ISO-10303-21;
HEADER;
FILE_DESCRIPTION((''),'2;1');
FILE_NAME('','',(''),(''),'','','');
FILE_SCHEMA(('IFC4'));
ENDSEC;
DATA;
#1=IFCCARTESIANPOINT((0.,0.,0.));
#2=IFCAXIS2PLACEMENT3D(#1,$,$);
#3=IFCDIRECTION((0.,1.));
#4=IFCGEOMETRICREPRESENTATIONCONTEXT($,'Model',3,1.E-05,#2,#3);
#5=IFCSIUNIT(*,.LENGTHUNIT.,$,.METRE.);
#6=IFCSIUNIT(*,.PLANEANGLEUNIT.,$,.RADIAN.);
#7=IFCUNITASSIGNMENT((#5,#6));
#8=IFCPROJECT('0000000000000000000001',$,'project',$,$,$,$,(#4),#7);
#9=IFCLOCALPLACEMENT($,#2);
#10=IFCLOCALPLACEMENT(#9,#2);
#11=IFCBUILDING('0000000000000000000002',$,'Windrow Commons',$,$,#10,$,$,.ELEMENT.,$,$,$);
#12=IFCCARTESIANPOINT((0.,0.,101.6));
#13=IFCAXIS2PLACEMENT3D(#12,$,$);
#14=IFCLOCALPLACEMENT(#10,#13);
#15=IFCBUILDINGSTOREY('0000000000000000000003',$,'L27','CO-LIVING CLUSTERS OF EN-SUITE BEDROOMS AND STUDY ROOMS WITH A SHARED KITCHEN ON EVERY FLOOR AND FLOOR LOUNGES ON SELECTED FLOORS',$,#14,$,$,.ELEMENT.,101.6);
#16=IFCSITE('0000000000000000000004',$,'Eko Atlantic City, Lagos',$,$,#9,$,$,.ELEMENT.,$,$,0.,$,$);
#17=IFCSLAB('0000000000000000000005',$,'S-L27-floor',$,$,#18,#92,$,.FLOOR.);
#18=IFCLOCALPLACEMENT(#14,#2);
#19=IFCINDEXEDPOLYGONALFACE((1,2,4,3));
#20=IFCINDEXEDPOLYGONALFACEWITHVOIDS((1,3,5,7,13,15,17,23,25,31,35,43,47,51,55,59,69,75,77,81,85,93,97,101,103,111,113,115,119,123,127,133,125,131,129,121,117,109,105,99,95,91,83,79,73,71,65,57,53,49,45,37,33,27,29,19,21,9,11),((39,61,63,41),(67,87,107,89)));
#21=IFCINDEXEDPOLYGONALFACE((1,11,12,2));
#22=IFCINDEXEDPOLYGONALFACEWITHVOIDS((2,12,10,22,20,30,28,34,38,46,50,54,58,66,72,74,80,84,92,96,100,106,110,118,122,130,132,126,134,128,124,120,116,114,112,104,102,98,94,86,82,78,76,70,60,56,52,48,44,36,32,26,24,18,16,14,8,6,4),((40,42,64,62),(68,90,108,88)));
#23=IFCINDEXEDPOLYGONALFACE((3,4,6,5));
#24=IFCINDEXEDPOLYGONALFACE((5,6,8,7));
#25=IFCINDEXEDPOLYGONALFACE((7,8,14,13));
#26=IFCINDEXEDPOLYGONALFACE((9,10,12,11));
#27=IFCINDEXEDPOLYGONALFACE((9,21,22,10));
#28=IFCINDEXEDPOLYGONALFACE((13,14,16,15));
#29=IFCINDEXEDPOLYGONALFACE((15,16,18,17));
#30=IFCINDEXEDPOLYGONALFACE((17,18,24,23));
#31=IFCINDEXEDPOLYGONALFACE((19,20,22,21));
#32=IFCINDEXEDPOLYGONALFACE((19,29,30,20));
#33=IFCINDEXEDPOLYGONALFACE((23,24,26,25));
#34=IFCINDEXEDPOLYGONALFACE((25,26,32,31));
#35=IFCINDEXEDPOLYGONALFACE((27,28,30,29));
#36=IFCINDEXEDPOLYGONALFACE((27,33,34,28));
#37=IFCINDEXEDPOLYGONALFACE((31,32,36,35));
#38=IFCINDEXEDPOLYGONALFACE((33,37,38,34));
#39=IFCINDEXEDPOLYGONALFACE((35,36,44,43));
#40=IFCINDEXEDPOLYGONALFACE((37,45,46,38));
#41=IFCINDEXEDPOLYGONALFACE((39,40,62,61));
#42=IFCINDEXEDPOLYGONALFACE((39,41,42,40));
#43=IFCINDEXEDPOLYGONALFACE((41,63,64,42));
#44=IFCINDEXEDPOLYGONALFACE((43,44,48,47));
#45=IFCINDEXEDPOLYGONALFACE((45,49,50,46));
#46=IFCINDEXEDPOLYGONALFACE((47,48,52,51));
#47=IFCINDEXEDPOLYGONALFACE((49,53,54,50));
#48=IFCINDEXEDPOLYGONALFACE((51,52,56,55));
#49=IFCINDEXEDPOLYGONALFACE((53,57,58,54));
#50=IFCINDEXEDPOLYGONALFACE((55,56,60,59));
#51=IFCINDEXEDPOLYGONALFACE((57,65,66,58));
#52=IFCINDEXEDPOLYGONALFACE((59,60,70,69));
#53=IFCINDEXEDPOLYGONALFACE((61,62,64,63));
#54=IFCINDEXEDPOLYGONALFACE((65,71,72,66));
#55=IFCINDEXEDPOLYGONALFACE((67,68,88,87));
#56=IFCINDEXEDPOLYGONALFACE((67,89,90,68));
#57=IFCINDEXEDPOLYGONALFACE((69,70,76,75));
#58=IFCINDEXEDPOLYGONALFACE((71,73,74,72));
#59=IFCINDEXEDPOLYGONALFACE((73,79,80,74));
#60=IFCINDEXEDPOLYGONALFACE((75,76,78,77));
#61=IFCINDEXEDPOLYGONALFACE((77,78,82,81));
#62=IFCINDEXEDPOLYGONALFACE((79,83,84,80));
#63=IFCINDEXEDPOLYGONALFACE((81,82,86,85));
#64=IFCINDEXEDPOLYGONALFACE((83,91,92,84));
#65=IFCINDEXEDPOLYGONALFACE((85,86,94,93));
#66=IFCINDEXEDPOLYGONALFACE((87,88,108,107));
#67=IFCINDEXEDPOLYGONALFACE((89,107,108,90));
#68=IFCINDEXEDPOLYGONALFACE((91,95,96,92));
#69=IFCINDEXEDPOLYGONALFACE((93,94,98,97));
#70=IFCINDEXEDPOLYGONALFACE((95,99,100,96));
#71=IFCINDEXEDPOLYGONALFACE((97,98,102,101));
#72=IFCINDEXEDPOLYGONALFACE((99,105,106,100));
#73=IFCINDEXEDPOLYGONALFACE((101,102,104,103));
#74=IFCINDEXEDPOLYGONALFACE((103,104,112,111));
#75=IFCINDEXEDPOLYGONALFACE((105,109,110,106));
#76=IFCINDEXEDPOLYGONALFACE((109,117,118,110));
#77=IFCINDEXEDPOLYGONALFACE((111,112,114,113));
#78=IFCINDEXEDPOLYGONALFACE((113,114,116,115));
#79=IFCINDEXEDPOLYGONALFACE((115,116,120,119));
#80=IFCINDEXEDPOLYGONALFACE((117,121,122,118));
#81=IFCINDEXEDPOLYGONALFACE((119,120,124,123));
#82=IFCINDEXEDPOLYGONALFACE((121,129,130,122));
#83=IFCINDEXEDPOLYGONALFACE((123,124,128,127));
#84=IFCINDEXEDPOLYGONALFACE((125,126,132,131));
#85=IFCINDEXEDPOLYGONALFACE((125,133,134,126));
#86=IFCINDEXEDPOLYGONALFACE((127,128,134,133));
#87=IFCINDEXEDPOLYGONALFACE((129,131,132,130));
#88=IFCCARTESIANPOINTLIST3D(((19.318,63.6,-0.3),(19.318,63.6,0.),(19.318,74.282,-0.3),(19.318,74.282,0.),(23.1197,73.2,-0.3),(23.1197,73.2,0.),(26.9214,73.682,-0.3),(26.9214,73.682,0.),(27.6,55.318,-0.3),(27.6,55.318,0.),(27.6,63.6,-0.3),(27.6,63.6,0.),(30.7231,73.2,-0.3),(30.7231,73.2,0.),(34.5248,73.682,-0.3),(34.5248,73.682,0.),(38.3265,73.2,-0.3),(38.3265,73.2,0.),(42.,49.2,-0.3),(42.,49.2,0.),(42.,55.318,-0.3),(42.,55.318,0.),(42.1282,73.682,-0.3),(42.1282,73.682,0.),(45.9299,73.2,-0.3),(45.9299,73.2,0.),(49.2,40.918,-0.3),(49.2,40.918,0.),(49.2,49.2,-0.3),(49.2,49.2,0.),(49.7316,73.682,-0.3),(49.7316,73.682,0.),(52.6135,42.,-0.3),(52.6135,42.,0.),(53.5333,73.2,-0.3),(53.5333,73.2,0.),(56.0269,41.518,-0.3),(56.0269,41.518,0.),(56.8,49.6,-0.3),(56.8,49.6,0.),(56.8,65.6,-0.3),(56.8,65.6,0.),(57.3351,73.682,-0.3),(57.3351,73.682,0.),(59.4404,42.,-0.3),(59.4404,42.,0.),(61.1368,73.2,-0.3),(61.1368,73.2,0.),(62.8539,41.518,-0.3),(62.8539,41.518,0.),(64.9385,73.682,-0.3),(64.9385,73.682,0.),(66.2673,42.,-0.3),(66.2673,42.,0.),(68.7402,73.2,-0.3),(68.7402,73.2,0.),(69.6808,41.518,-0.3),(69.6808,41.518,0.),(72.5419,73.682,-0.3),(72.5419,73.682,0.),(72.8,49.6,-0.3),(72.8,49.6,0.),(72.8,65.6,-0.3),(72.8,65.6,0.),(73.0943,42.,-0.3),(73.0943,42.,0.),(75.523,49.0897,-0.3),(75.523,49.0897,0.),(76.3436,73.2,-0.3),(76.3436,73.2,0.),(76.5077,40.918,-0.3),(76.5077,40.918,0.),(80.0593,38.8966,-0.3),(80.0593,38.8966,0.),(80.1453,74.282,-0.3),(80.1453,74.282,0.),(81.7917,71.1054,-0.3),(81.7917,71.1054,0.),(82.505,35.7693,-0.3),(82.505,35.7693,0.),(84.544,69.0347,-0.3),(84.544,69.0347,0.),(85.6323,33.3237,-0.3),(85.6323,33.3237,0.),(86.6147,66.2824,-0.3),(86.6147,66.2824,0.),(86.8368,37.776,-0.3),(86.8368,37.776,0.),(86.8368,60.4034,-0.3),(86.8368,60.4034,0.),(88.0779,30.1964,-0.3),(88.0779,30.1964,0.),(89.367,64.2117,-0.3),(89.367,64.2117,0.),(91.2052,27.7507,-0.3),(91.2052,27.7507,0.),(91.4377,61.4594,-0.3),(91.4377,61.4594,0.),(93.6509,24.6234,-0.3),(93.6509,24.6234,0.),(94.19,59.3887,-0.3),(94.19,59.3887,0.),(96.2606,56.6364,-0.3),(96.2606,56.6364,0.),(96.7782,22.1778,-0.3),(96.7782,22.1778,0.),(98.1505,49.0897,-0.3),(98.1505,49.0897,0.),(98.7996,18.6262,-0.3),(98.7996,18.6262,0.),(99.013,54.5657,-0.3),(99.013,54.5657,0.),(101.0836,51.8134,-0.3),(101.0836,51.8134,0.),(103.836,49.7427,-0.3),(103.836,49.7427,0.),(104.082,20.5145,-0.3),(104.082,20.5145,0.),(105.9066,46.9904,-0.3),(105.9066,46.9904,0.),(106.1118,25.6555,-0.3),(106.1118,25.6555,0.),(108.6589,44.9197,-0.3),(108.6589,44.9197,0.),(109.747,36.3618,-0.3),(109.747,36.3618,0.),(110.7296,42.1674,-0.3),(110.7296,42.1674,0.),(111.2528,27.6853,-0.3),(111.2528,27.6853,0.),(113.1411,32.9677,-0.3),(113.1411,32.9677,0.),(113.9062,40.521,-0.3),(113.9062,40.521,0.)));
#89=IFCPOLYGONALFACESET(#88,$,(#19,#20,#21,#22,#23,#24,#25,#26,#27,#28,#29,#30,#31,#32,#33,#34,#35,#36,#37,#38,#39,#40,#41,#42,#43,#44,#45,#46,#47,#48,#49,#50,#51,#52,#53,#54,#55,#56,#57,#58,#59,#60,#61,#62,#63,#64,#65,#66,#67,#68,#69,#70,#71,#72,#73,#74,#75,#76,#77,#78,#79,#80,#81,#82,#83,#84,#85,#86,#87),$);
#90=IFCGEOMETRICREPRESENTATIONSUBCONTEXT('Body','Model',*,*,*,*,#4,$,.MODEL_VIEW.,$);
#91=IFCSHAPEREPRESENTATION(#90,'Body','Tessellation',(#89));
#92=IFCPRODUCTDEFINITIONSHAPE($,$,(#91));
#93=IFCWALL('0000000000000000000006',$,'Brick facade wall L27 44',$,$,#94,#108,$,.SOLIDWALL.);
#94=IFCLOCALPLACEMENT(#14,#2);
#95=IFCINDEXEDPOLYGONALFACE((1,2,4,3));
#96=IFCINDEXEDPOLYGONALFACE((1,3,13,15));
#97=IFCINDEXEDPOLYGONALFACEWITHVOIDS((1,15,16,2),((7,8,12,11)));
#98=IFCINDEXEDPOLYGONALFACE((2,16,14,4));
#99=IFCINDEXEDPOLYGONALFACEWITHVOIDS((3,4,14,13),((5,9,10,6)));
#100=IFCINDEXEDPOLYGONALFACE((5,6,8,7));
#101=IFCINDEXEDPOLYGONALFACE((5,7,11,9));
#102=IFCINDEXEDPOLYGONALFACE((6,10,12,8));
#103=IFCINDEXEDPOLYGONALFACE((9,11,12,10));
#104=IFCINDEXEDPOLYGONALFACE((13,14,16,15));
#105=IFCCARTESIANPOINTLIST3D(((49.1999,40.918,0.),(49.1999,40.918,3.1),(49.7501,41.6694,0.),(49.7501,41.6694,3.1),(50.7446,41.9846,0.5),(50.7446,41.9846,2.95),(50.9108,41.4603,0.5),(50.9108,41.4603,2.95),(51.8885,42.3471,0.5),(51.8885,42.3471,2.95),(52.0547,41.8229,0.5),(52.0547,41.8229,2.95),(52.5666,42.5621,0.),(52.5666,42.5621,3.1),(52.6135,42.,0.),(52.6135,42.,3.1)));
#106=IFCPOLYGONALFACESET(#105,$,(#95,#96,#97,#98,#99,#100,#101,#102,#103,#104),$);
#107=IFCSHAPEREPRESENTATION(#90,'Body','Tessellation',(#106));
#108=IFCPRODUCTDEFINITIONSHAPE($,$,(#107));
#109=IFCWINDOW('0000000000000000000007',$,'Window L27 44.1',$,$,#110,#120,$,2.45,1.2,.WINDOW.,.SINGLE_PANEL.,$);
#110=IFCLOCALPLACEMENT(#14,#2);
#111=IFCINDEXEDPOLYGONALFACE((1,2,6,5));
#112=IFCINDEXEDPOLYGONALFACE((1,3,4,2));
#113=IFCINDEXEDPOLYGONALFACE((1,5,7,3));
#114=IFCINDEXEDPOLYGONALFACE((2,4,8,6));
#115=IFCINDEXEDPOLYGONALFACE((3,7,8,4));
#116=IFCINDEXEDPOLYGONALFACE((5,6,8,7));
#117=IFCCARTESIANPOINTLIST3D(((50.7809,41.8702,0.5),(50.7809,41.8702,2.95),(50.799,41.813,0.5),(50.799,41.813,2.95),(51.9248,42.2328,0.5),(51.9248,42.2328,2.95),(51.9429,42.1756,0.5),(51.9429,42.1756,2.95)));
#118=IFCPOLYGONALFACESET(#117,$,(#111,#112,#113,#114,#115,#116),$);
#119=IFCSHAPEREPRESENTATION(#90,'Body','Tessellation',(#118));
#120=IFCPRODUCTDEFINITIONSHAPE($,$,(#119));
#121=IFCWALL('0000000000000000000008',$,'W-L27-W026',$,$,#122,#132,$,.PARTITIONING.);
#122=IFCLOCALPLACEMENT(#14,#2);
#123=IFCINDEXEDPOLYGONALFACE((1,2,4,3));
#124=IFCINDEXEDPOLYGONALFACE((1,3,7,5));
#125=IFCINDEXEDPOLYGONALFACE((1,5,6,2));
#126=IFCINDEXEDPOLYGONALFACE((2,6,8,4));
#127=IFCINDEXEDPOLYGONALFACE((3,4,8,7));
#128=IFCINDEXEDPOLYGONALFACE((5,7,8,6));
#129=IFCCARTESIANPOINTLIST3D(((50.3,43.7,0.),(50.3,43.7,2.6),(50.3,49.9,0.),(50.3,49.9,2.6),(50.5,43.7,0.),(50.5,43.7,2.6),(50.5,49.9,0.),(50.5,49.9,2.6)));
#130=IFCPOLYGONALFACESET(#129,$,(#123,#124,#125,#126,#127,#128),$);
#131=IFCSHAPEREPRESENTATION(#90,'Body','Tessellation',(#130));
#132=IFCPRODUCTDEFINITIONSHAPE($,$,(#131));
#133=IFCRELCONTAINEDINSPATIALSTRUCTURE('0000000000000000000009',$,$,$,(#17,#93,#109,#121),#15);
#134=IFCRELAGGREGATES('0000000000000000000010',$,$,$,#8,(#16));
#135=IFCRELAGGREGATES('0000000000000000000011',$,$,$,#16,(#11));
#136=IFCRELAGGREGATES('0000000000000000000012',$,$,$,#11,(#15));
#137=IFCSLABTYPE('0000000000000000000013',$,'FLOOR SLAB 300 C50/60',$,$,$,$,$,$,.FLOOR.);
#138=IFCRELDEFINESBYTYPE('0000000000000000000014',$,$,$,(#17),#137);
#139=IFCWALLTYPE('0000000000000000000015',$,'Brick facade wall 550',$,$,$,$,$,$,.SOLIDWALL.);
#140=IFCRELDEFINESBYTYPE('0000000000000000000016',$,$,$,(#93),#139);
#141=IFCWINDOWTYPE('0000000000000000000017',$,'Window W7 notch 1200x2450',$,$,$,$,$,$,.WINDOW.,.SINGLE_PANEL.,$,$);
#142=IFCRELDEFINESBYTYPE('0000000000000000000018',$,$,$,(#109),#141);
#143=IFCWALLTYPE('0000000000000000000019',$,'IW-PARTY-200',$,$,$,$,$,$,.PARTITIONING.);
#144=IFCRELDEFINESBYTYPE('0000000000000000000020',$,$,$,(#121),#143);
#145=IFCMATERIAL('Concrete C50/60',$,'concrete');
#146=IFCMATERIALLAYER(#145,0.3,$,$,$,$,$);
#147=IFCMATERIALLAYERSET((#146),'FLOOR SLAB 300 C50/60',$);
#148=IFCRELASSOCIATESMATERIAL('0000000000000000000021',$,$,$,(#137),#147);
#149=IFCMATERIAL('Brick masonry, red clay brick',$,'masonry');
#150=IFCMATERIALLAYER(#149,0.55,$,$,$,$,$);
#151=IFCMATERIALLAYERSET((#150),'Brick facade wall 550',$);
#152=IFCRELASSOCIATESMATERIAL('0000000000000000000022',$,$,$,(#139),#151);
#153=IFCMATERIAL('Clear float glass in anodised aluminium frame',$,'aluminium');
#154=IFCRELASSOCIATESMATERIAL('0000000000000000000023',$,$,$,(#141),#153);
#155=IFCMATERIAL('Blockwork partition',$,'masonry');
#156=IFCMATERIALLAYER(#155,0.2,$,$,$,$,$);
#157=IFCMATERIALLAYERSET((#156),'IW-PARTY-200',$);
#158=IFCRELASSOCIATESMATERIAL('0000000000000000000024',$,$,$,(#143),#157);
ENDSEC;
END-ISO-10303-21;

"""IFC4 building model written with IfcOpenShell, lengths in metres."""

from ifc_helpers import new_model, si_unit, direction, frame, frame_2d, origin, place, context, subcontext, project, spatial, polyline, rectangle, outline, extrude, material, layer, layer_set, type_object, element, fill, save


model = new_model("IFC4")

# Units and contexts
model_context = context("Model", 3, precision=1e-05, world=origin(), true_north=direction((0.0, 1.0)))
body_context = subcontext(model_context, "Body", "Model", "MODEL_VIEW")
ifc_project = project(units=[si_unit("LENGTHUNIT", "METRE"), si_unit("PLANEANGLEUNIT", "RADIAN")], contexts=[model_context])

# Site, building, storey
site_placement = place(None, origin())
site = spatial("IfcSite", under=ifc_project, at=site_placement, Name="Eko Atlantic City, Lagos", CompositionType="ELEMENT", RefElevation=0.0)
building_placement = place(site_placement, origin())
building = spatial("IfcBuilding", under=site, at=building_placement, Name="Windrow Commons", CompositionType="ELEMENT")
storey_placement = place(building_placement, frame((0.0, 0.0, 101.6)))
storey = spatial("IfcBuildingStorey", under=building, at=storey_placement, Name="L27", Description="CO-LIVING CLUSTERS OF EN-SUITE BEDROOMS AND STUDY ROOMS WITH A SHARED KITCHEN ON EVERY FLOOR AND FLOOR LOUNGES ON SELECTED FLOORS", CompositionType="ELEMENT", Elevation=101.6)

# Shared definitions
placement_1 = place(storey_placement, frame((0.0, 0.0, -0.3)))

# Slab, openings
ifc_material_1 = material(Name="Concrete C50/60", Category="concrete")
ifc_layer_1 = layer(ifc_material_1, 0.3)
ifc_layer_set_1 = layer_set([ifc_layer_1], Name="FLOOR SLAB 300 C50/60")
slab_type_1 = type_object("IfcSlabType", Name="FLOOR SLAB 300 C50/60", PredefinedType="FLOOR", material=ifc_layer_set_1)
slab_1 = element("IfcSlab", 1, at=placement_1, inside=storey, type_object=slab_type_1, Name="S-L27-floor", PredefinedType="FLOOR", context=body_context, shape_type="SweptSolid", body=[
    extrude(outline(polyline([(96.7782, 22.1778), (98.7996, 18.6262), (104.082, 20.5145), (106.1118, 25.6555), (111.2528, 27.6853), (113.1411, 32.9677), (109.747, 36.3618), (113.9062, 40.521), (110.7296, 42.1674), (108.6589, 44.9197), (105.9066, 46.9904), (103.836, 49.7427), (101.0836, 51.8134), (99.013, 54.5657), (96.2606, 56.6364), (94.19, 59.3887), (91.4377, 61.4594), (89.367, 64.2117), (86.6147, 66.2824), (84.544, 69.0347), (81.7917, 71.1054), (80.1453, 74.282), (76.3436, 73.2), (72.5419, 73.682), (68.7402, 73.2), (64.9385, 73.682), (61.1368, 73.2), (57.3351, 73.682), (53.5333, 73.2), (49.7316, 73.682), (45.9299, 73.2), (42.1282, 73.682), (38.3265, 73.2), (34.5248, 73.682), (30.7231, 73.2), (26.9214, 73.682), (23.1197, 73.2), (19.318, 74.282), (19.318, 63.6), (27.6, 63.6), (27.6, 55.318), (42.0, 55.318), (42.0, 49.2), (49.2, 49.2), (49.2, 40.918), (52.6135, 42.0), (56.0269, 41.518), (59.4404, 42.0), (62.8539, 41.518), (66.2673, 42.0), (69.6808, 41.518), (73.0943, 42.0), (76.5077, 40.918), (80.0593, 38.8966), (82.505, 35.7693), (85.6323, 33.3237), (88.0779, 30.1964), (91.2052, 27.7507), (93.6509, 24.6234), (96.7782, 22.1778)]), holes=[polyline([(75.523, 49.0897), (86.8368, 60.4034), (98.1505, 49.0897), (86.8368, 37.776), (75.523, 49.0897)]), polyline([(56.8, 49.6), (56.8, 65.6), (72.8, 65.6), (72.8, 49.6), (56.8, 49.6)])]), origin(), (0.0, 0.0, 1.0), 0.3),
])
opening_1_placement = place(placement_1, origin())
element("IfcOpeningElement", 2, at=opening_1_placement, cuts=slab_1, PredefinedType="OPENING", context=body_context, shape_type="SweptSolid", body=[
    extrude(outline(polyline([(75.5301, 49.0897), (86.8368, 60.3963), (98.1434, 49.0897), (86.8368, 37.7831), (75.5301, 49.0897)])), origin(), (0.0, 0.0, 1.0), 0.3),
])
opening_2_placement = place(placement_1, origin())
element("IfcOpeningElement", 3, at=opening_2_placement, cuts=slab_1, PredefinedType="OPENING", context=body_context, shape_type="SweptSolid", body=[
    extrude(outline(polyline([(56.805, 49.605), (56.805, 65.595), (72.795, 65.595), (72.795, 49.605), (56.805, 49.605)])), origin(), (0.0, 0.0, 1.0), 0.3),
])

# Wall, opening, window
ifc_material_2 = material(Name="Brick masonry, red clay brick", Category="masonry")
ifc_layer_2 = layer(ifc_material_2, 0.55)
ifc_layer_set_2 = layer_set([ifc_layer_2], Name="Brick facade wall 550")
wall_type_1 = type_object("IfcWallType", Name="Brick facade wall 550", PredefinedType="SOLIDWALL", material=ifc_layer_set_2)
wall_1_placement = place(storey_placement, frame((49.475, 41.2937, 0.0), z_axis=(0.0, 0.0, 1.0), x_axis=(0.953264, 0.302137, 0.0)))
wall_1 = element("IfcWall", 4, at=wall_1_placement, inside=storey, type_object=wall_type_1, Name="Brick facade wall L27 44", PredefinedType="SOLIDWALL", context=body_context, shape_type="SweptSolid", body=[
    extrude(outline(polyline([(-0.3757, -0.275), (3.2052, -0.275), (3.3303, 0.275), (0.3757, 0.275), (-0.3757, -0.275)])), origin(), (0.0, 0.0, 1.0), 3.1),
])
opening_3_placement = place(wall_1_placement, frame((1.419, 0.0, 0.5)))
opening_3 = element("IfcOpeningElement", 5, at=opening_3_placement, cuts=wall_1, PredefinedType="OPENING", context=body_context, shape_type="SweptSolid", body=[
    extrude(rectangle(XDim=1.2, YDim=2.45, at=frame_2d((0.6, 1.225))), frame((0.0, 0.285, 0.0), z_axis=(0.0, -1.0, 0.0), x_axis=(1.0, 0.0, 0.0)), (0.0, 0.0, 1.0), 0.57),
])
ifc_material_3 = material(Name="Clear float glass in anodised aluminium frame", Category="aluminium")
window_type = type_object("IfcWindowType", Name="Window W7 notch 1200x2450", PartitioningType="SINGLE_PANEL", PredefinedType="WINDOW", material=ifc_material_3)
window_placement = place(opening_3_placement, origin())
window = element("IfcWindow", 6, at=window_placement, inside=storey, type_object=window_type, Name="Window L27 44.1", OverallHeight=2.45, OverallWidth=1.2, PartitioningType="SINGLE_PANEL", PredefinedType="WINDOW", context=body_context, shape_type="SweptSolid", body=[
    extrude(rectangle(XDim=1.2, YDim=2.45, at=frame_2d((0.6, 1.225))), frame((0.0, 0.155, 0.0), z_axis=(0.0, -1.0, 0.0), x_axis=(1.0, 0.0, 0.0)), (0.0, 0.0, 1.0), 0.06),
])
fill(opening_3, window)

# Wall
ifc_material_4 = material(Name="Blockwork partition", Category="masonry")
ifc_layer_3 = layer(ifc_material_4, 0.2)
ifc_layer_set_3 = layer_set([ifc_layer_3], Name="IW-PARTY-200")
wall_type_2 = type_object("IfcWallType", Name="IW-PARTY-200", PredefinedType="PARTITIONING", material=ifc_layer_set_3)
wall_2_placement = place(storey_placement, frame((50.4, 43.7, 0.0), z_axis=(0.0, 0.0, 1.0), x_axis=(0.0, 1.0, 0.0)))
element("IfcWall", 7, at=wall_2_placement, inside=storey, type_object=wall_type_2, Name="W-L27-W026", PredefinedType="PARTITIONING", context=body_context, shape_type="SweptSolid", body=[
    extrude(rectangle(XDim=6.2, YDim=0.2, at=frame_2d((3.1, 0.0))), origin(), (0.0, 0.0, 1.0), 2.6),
])

save(model, "model.ifc")
